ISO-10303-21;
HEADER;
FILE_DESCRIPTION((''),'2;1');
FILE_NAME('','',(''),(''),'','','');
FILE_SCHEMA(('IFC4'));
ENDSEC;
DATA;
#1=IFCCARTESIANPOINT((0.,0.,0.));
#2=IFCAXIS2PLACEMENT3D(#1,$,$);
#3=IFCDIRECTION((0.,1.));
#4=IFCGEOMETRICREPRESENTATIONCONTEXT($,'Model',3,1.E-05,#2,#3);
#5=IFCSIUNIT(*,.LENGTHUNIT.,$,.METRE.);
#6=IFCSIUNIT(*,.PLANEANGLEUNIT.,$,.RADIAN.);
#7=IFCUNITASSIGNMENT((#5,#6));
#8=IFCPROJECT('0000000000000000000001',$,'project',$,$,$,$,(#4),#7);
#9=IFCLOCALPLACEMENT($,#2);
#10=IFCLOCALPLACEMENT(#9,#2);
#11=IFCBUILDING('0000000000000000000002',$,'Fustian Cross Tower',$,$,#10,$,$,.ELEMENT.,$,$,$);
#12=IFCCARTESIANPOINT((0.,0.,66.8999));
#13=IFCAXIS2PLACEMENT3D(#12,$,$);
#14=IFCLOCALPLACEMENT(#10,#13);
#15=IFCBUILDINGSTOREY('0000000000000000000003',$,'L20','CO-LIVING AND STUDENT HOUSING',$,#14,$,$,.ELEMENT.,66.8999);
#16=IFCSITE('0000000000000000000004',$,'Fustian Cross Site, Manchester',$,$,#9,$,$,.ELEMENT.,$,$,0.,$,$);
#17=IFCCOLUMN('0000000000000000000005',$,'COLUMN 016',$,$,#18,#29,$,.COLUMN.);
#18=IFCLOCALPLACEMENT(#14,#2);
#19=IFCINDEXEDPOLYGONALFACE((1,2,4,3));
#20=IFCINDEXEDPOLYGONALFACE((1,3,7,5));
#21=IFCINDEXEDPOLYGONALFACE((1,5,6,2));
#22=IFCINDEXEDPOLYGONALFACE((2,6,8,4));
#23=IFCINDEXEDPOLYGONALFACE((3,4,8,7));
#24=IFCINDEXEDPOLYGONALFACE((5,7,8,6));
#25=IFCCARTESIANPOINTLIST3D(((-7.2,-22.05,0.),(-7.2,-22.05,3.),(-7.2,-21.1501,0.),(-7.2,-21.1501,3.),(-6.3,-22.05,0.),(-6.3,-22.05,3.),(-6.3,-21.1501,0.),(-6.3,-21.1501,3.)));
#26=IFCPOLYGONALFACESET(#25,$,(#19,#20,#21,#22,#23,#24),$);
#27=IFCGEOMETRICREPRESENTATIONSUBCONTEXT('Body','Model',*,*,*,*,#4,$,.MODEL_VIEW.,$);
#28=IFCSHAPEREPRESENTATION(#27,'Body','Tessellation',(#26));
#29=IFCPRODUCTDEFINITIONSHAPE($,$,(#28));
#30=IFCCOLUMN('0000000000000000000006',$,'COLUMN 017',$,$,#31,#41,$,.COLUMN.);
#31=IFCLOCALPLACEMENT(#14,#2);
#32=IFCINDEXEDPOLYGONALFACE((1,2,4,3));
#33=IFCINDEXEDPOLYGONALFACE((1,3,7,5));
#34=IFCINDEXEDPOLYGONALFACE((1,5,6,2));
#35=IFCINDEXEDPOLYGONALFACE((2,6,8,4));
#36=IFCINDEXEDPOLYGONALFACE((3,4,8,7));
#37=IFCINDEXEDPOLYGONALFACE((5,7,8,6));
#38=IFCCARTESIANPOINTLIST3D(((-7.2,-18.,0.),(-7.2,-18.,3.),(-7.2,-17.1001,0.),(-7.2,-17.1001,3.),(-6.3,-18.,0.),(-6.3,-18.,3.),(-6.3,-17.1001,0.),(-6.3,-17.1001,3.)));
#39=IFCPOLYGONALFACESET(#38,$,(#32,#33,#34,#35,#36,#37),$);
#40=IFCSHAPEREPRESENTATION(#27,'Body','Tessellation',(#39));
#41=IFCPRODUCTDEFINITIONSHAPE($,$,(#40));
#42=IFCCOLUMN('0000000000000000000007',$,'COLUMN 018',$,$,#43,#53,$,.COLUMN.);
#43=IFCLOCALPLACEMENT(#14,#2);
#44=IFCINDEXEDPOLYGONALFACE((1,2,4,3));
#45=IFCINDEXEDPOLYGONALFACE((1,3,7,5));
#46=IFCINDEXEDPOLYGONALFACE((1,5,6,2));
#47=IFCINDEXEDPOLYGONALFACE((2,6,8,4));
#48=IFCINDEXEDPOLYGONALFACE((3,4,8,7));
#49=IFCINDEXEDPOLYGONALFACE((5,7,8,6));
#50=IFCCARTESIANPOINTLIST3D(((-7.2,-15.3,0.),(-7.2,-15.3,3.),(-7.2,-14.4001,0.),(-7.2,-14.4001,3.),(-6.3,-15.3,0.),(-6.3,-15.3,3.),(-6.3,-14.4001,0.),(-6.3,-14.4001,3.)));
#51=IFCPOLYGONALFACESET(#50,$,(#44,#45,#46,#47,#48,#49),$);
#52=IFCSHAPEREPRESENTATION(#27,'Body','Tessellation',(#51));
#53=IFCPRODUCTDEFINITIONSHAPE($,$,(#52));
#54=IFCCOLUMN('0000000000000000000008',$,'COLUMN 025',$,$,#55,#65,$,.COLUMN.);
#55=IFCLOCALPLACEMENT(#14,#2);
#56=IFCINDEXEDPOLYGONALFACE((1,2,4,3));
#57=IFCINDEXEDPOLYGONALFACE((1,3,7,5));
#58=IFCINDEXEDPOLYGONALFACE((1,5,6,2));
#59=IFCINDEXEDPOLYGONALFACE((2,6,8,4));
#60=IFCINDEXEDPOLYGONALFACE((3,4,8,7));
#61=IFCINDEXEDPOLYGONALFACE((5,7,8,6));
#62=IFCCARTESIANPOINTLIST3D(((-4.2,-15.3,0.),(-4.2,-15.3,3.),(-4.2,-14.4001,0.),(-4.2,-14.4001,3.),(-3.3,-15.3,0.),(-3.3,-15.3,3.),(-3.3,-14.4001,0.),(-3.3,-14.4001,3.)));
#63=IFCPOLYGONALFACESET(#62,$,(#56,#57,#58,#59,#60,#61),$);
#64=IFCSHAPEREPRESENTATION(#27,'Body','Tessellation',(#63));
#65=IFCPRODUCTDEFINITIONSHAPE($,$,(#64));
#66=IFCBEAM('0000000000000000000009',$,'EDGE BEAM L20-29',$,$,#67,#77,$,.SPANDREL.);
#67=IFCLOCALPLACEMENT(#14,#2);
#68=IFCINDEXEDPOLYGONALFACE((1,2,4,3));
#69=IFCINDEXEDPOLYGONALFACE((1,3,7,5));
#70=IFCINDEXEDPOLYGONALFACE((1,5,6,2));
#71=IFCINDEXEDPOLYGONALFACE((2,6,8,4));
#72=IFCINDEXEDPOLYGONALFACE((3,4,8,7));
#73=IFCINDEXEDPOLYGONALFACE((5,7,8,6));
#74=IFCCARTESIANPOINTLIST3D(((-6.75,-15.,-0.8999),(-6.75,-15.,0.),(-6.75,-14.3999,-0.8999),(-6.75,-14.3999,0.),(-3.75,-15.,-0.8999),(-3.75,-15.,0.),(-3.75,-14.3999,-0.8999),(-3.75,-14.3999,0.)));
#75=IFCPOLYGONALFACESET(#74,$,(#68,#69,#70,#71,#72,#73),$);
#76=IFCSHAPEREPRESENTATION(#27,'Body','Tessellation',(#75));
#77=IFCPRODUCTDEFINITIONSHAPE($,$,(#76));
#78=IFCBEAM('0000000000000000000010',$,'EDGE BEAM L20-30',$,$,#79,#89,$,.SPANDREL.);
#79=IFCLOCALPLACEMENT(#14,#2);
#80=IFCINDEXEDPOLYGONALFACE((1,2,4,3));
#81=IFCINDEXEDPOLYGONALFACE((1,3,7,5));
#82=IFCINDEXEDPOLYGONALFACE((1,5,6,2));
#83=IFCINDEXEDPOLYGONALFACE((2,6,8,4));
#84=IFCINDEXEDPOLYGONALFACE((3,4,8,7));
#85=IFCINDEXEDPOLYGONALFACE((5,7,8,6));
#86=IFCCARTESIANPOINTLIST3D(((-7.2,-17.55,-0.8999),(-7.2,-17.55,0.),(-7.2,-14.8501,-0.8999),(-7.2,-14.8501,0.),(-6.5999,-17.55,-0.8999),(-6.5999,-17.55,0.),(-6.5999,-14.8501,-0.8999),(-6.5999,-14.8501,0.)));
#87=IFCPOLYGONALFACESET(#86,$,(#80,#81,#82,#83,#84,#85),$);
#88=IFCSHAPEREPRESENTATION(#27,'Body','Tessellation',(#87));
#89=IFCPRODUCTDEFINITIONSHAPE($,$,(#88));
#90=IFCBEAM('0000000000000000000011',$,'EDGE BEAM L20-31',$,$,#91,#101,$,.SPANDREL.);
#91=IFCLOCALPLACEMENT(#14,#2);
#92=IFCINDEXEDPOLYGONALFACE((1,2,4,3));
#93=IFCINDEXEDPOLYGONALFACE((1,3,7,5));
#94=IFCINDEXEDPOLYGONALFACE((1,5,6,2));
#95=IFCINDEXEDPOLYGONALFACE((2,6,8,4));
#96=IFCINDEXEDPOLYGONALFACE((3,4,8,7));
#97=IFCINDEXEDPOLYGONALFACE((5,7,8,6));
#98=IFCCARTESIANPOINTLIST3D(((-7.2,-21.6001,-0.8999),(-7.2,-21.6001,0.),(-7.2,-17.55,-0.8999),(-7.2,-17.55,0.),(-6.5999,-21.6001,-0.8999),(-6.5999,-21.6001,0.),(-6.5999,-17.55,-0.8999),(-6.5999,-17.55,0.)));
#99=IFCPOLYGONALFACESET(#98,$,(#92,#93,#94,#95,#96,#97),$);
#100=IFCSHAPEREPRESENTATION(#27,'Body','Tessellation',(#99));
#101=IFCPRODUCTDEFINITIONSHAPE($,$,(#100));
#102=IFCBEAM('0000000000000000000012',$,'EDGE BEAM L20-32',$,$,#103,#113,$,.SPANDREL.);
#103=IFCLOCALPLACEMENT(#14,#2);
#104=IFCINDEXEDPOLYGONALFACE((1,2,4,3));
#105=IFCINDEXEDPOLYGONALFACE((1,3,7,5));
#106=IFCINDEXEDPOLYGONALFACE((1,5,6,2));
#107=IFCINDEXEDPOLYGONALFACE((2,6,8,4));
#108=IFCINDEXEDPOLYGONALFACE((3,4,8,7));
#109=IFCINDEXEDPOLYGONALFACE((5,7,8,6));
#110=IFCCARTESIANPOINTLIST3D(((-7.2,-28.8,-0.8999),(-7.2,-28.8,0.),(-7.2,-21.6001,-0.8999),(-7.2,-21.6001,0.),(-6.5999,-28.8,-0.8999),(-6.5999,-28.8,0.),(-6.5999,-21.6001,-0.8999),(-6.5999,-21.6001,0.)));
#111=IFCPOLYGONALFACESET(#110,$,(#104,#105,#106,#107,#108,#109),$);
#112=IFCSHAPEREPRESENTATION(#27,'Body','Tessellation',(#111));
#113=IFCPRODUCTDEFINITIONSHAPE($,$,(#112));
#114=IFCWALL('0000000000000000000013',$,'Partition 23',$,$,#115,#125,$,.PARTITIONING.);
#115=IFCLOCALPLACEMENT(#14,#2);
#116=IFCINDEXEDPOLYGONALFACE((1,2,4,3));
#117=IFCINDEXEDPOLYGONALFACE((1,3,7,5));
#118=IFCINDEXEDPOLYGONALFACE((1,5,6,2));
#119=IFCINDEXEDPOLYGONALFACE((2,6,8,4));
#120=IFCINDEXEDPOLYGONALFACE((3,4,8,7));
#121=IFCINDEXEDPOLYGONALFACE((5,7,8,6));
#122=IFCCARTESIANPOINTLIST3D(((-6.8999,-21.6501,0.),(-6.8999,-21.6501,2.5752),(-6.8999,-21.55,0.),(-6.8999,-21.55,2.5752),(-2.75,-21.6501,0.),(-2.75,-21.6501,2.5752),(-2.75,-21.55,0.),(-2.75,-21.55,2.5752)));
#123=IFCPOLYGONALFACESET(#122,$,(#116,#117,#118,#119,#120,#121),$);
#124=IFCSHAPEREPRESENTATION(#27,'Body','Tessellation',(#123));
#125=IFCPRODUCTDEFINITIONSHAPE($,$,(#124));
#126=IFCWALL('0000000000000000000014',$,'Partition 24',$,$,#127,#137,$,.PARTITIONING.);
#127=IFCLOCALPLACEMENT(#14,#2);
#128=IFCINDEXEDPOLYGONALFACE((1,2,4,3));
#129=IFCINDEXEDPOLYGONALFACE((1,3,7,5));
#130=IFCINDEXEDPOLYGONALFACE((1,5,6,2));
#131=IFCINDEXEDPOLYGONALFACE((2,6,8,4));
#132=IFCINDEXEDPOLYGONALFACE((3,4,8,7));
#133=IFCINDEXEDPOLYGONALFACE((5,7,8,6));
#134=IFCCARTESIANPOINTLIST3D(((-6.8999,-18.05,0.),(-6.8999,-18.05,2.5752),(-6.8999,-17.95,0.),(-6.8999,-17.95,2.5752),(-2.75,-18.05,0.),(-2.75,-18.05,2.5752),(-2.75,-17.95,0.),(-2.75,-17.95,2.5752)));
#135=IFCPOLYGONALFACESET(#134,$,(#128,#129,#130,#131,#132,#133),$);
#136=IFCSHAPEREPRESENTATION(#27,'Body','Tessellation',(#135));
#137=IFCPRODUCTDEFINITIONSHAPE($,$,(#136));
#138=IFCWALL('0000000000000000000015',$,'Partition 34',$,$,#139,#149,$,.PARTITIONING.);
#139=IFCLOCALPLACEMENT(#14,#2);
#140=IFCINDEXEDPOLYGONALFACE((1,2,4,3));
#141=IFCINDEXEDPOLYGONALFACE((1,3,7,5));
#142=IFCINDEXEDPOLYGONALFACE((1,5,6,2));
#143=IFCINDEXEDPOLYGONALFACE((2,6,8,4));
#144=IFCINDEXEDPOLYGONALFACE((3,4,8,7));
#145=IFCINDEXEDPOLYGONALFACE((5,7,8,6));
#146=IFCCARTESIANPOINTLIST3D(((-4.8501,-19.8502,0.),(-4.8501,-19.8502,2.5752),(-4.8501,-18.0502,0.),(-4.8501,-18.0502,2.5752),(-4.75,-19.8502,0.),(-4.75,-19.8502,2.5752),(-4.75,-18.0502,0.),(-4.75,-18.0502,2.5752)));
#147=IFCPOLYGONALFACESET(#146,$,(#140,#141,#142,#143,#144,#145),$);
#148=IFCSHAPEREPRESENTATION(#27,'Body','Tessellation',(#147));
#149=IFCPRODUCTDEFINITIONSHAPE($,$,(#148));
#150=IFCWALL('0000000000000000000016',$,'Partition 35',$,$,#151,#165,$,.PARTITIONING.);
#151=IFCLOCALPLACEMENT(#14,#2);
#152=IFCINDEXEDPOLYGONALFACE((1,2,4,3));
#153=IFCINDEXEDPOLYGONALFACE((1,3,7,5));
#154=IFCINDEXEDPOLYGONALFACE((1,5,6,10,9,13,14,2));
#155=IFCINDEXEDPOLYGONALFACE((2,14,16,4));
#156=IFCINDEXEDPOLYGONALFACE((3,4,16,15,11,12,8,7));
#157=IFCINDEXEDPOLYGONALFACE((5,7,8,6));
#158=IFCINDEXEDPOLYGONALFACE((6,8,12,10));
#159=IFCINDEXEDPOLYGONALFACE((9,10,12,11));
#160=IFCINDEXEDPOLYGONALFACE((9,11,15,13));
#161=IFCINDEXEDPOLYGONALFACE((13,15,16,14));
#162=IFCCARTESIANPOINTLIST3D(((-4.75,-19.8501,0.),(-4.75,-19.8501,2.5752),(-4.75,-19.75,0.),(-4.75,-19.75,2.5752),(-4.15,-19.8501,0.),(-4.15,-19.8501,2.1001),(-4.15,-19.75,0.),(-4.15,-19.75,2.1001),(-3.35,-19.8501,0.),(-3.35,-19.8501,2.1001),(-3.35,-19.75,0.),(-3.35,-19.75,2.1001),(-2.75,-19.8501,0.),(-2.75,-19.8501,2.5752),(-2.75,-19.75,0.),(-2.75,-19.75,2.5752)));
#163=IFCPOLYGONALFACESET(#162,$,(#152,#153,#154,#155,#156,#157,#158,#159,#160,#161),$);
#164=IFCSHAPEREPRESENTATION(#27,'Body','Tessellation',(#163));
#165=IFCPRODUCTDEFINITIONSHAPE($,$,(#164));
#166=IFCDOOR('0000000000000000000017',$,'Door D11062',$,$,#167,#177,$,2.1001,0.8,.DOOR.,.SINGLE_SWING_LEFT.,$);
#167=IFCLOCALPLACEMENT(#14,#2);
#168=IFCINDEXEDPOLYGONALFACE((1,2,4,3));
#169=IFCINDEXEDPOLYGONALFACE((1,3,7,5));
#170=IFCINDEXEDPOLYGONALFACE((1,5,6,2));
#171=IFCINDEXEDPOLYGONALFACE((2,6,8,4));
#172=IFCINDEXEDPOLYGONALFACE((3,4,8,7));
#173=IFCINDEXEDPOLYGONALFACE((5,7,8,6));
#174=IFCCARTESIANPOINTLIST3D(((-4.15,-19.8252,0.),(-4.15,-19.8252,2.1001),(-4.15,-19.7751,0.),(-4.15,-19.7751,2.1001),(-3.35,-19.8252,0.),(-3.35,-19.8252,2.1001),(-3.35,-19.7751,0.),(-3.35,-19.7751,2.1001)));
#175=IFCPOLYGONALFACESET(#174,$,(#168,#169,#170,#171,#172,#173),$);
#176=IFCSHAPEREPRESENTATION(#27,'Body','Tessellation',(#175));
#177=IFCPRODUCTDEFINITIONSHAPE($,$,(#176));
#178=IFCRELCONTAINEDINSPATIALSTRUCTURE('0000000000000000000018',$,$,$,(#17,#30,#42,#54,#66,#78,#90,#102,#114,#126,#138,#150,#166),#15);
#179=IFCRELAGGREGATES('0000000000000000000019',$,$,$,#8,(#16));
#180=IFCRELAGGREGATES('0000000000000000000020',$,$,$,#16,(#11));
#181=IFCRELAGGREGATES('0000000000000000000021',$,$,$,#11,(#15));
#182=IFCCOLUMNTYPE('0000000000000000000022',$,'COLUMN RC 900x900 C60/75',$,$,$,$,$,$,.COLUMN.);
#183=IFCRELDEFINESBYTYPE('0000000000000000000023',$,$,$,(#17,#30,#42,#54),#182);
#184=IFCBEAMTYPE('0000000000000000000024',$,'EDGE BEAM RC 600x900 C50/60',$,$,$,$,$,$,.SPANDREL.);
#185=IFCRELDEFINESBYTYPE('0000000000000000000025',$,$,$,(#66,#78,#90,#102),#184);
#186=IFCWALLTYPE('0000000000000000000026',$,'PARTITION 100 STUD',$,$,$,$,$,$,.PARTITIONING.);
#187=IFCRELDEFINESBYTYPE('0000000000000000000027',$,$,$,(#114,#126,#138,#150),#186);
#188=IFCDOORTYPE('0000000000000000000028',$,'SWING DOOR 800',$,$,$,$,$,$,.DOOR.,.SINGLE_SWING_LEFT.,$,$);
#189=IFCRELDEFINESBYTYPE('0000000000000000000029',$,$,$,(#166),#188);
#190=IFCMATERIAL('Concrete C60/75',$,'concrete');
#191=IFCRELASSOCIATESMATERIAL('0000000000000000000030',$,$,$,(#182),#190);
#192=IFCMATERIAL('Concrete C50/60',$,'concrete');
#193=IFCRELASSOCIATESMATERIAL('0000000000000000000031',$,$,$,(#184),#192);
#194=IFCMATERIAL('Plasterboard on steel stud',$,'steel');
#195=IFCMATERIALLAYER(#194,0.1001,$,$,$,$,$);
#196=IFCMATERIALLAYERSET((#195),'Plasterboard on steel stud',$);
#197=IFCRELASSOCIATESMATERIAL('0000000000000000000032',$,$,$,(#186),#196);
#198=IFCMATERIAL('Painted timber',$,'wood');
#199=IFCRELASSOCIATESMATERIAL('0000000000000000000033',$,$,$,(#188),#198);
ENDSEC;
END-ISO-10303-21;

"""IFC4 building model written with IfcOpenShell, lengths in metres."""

from ifc_helpers import new_model, si_unit, direction, frame, frame_2d, origin, origin_2d, place, context, subcontext, project, spatial, rectangle, extrude, material, layer, layer_set, material_profile, profile_set, type_object, element, fill, save


model = new_model("IFC4")

# Units and contexts
model_context = context("Model", 3, precision=1e-05, world=origin(), true_north=direction((0.0, 1.0)))
body_context = subcontext(model_context, "Body", "Model", "MODEL_VIEW")
ifc_project = project(units=[si_unit("LENGTHUNIT", "METRE"), si_unit("PLANEANGLEUNIT", "RADIAN")], contexts=[model_context])

# Site, building, storey
site_placement = place(None, origin())
site = spatial("IfcSite", under=ifc_project, at=site_placement, Name="Fustian Cross Site, Manchester", CompositionType="ELEMENT", RefElevation=0.0)
building_placement = place(site_placement, origin())
building = spatial("IfcBuilding", under=site, at=building_placement, Name="Fustian Cross Tower", CompositionType="ELEMENT")
storey_placement = place(building_placement, frame((0.0, 0.0, 66.8999)))
storey = spatial("IfcBuildingStorey", under=building, at=storey_placement, Name="L20", Description="CO-LIVING AND STUDENT HOUSING", CompositionType="ELEMENT", Elevation=66.8999)

# Columns
ifc_material_1 = material(Name="Concrete C60/75", Category="concrete")
ifc_material_profile_1 = material_profile(ifc_material_1, rectangle(XDim=0.8999, YDim=0.8999, at=origin_2d()), Name="RC 900x900")
ifc_profile_set_1 = profile_set([ifc_material_profile_1], Name="Concrete C60/75")
column_type = type_object("IfcColumnType", Name="COLUMN RC 900x900 C60/75", PredefinedType="COLUMN", material=ifc_profile_set_1)
for number, where, z_axis, x_axis, name in (
    (1, (-6.75, -21.6001, 0.0), (0.0, 0.0, 1.0), (1.0, 0.0, 0.0), "COLUMN 016"),
    (2, (-6.75, -17.55, 0.0), (0.0, 0.0, 1.0), (1.0, 0.0, 0.0), "COLUMN 017"),
    (3, (-6.75, -14.8501, 0.0), (0.0, 0.0, 1.0), (1.0, 0.0, 0.0), "COLUMN 018"),
    (4, (-3.75, -14.8501, 0.0), (0.0, 0.0, 1.0), (1.0, 0.0, 0.0), "COLUMN 025"),
):
    element("IfcColumn", number, at=place(storey_placement, frame(where, z_axis=z_axis, x_axis=x_axis)), inside=storey, type_object=column_type, Name=name, PredefinedType="COLUMN", context=body_context, shape_type="SweptSolid", body=[
        extrude(rectangle(XDim=0.8999, YDim=0.8999, at=origin_2d()), origin(), (0.0, 0.0, 1.0), 3.0),
    ])

# Beams
ifc_material_2 = material(Name="Concrete C50/60", Category="concrete")
ifc_material_profile_2 = material_profile(ifc_material_2, rectangle(XDim=0.6001, YDim=0.8999, at=origin_2d()), Name="RC 600x900")
ifc_profile_set_2 = profile_set([ifc_material_profile_2], Name="Concrete C50/60")
beam_type = type_object("IfcBeamType", Name="EDGE BEAM RC 600x900 C50/60", PredefinedType="SPANDREL", material=ifc_profile_set_2)
beam_1_placement = place(storey_placement, frame((-3.75, -14.7, -0.45), z_axis=(-1.0, 0.0, 0.0), x_axis=(0.0, -1.0, 0.0)))
element("IfcBeam", 5, at=beam_1_placement, inside=storey, type_object=beam_type, Name="EDGE BEAM L20-29", PredefinedType="SPANDREL", context=body_context, shape_type="SweptSolid", body=[
    extrude(rectangle(XDim=0.6001, YDim=0.8999, at=origin_2d()), origin(), (0.0, 0.0, 1.0), 3.0),
])
beam_2_placement = place(storey_placement, frame((-6.8999, -14.8501, -0.45), z_axis=(0.0, -1.0, 0.0), x_axis=(1.0, 0.0, 0.0)))
element("IfcBeam", 6, at=beam_2_placement, inside=storey, type_object=beam_type, Name="EDGE BEAM L20-30", PredefinedType="SPANDREL", context=body_context, shape_type="SweptSolid", body=[
    extrude(rectangle(XDim=0.6001, YDim=0.8999, at=origin_2d()), origin(), (0.0, 0.0, 1.0), 2.7),
])
beam_3_placement = place(storey_placement, frame((-6.8999, -17.55, -0.45), z_axis=(0.0, -1.0, 0.0), x_axis=(1.0, 0.0, 0.0)))
element("IfcBeam", 7, at=beam_3_placement, inside=storey, type_object=beam_type, Name="EDGE BEAM L20-31", PredefinedType="SPANDREL", context=body_context, shape_type="SweptSolid", body=[
    extrude(rectangle(XDim=0.6001, YDim=0.8999, at=origin_2d()), origin(), (0.0, 0.0, 1.0), 4.05),
])
beam_4_placement = place(storey_placement, frame((-6.8999, -21.6001, -0.45), z_axis=(0.0, -1.0, 0.0), x_axis=(1.0, 0.0, 0.0)))
element("IfcBeam", 8, at=beam_4_placement, inside=storey, type_object=beam_type, Name="EDGE BEAM L20-32", PredefinedType="SPANDREL", context=body_context, shape_type="SweptSolid", body=[
    extrude(rectangle(XDim=0.6001, YDim=0.8999, at=origin_2d()), origin(), (0.0, 0.0, 1.0), 7.2),
])

# Walls
ifc_material_3 = material(Name="Plasterboard on steel stud", Category="steel")
ifc_layer_1 = layer(ifc_material_3, 0.1001)
ifc_layer_set_1 = layer_set([ifc_layer_1], Name="Plasterboard on steel stud")
wall_type_1 = type_object("IfcWallType", Name="PARTITION 100 STUD", PredefinedType="PARTITIONING", material=ifc_layer_set_1)
for number, where, z_axis, x_axis, name in (
    (9, (-6.8999, -21.6001, 0.0), (0.0, 0.0, 1.0), (1.0, 0.0, 0.0), "Partition 23"),
    (10, (-6.8999, -18.0, 0.0), (0.0, 0.0, 1.0), (1.0, 0.0, 0.0), "Partition 24"),
):
    element("IfcWall", number, at=place(storey_placement, frame(where, z_axis=z_axis, x_axis=x_axis)), inside=storey, type_object=wall_type_1, Name=name, PredefinedType="PARTITIONING", context=body_context, shape_type="SweptSolid", body=[
        extrude(rectangle(XDim=4.1499, YDim=0.1001, at=frame_2d((2.075, 0.0))), origin(), (0.0, 0.0, 1.0), 2.5752),
    ])
wall_1_placement = place(storey_placement, frame((-4.8, -19.8501, 0.0), z_axis=(0.0, 0.0, 1.0), x_axis=(0.0, 1.0, 0.0)))
element("IfcWall", 11, at=wall_1_placement, inside=storey, type_object=wall_type_1, Name="Partition 34", PredefinedType="PARTITIONING", context=body_context, shape_type="SweptSolid", body=[
    extrude(rectangle(XDim=1.8, YDim=0.1001, at=frame_2d((0.8999, 0.0))), origin(), (0.0, 0.0, 1.0), 2.5752),
])

# Wall, opening, door
wall_2_placement = place(storey_placement, frame((-4.75, -19.8, 0.0), z_axis=(0.0, 0.0, 1.0), x_axis=(1.0, 0.0, 0.0)))
wall_2 = element("IfcWall", 12, at=wall_2_placement, inside=storey, type_object=wall_type_1, Name="Partition 35", PredefinedType="PARTITIONING", context=body_context, shape_type="SweptSolid", body=[
    extrude(rectangle(XDim=2.0, YDim=0.1001, at=frame_2d((1.0, 0.0))), origin(), (0.0, 0.0, 1.0), 2.5752),
])
opening_1_placement = place(wall_2_placement, frame((0.6001, 0.0, 0.0)))
opening_1 = element("IfcOpeningElement", 13, at=opening_1_placement, cuts=wall_2, PredefinedType="OPENING", context=body_context, shape_type="SweptSolid", body=[
    extrude(rectangle(XDim=0.8, YDim=2.1001, at=frame_2d((0.3999, 1.05))), frame((0.0, 0.0601, 0.0), z_axis=(0.0, -1.0, 0.0), x_axis=(1.0, 0.0, 0.0)), (0.0, 0.0, 1.0), 0.1201),
])
ifc_material_4 = material(Name="Painted timber", Category="wood")
door_type = type_object("IfcDoorType", Name="SWING DOOR 800", OperationType="SINGLE_SWING_LEFT", PredefinedType="DOOR", material=ifc_material_4)
door_1_placement = place(opening_1_placement, origin())
door_1 = element("IfcDoor", 14, at=door_1_placement, inside=storey, type_object=door_type, Name="Door D11062", OperationType="SINGLE_SWING_LEFT", OverallHeight=2.1001, OverallWidth=0.8, PredefinedType="DOOR", context=body_context, shape_type="SweptSolid", body=[
    extrude(rectangle(XDim=0.8, YDim=2.1001, at=frame_2d((0.3999, 1.05))), frame((0.0, 0.0249, 0.0), z_axis=(0.0, -1.0, 0.0), x_axis=(1.0, 0.0, 0.0)), (0.0, 0.0, 1.0), 0.05),
])
fill(opening_1, door_1)

save(model, "model.ifc")
